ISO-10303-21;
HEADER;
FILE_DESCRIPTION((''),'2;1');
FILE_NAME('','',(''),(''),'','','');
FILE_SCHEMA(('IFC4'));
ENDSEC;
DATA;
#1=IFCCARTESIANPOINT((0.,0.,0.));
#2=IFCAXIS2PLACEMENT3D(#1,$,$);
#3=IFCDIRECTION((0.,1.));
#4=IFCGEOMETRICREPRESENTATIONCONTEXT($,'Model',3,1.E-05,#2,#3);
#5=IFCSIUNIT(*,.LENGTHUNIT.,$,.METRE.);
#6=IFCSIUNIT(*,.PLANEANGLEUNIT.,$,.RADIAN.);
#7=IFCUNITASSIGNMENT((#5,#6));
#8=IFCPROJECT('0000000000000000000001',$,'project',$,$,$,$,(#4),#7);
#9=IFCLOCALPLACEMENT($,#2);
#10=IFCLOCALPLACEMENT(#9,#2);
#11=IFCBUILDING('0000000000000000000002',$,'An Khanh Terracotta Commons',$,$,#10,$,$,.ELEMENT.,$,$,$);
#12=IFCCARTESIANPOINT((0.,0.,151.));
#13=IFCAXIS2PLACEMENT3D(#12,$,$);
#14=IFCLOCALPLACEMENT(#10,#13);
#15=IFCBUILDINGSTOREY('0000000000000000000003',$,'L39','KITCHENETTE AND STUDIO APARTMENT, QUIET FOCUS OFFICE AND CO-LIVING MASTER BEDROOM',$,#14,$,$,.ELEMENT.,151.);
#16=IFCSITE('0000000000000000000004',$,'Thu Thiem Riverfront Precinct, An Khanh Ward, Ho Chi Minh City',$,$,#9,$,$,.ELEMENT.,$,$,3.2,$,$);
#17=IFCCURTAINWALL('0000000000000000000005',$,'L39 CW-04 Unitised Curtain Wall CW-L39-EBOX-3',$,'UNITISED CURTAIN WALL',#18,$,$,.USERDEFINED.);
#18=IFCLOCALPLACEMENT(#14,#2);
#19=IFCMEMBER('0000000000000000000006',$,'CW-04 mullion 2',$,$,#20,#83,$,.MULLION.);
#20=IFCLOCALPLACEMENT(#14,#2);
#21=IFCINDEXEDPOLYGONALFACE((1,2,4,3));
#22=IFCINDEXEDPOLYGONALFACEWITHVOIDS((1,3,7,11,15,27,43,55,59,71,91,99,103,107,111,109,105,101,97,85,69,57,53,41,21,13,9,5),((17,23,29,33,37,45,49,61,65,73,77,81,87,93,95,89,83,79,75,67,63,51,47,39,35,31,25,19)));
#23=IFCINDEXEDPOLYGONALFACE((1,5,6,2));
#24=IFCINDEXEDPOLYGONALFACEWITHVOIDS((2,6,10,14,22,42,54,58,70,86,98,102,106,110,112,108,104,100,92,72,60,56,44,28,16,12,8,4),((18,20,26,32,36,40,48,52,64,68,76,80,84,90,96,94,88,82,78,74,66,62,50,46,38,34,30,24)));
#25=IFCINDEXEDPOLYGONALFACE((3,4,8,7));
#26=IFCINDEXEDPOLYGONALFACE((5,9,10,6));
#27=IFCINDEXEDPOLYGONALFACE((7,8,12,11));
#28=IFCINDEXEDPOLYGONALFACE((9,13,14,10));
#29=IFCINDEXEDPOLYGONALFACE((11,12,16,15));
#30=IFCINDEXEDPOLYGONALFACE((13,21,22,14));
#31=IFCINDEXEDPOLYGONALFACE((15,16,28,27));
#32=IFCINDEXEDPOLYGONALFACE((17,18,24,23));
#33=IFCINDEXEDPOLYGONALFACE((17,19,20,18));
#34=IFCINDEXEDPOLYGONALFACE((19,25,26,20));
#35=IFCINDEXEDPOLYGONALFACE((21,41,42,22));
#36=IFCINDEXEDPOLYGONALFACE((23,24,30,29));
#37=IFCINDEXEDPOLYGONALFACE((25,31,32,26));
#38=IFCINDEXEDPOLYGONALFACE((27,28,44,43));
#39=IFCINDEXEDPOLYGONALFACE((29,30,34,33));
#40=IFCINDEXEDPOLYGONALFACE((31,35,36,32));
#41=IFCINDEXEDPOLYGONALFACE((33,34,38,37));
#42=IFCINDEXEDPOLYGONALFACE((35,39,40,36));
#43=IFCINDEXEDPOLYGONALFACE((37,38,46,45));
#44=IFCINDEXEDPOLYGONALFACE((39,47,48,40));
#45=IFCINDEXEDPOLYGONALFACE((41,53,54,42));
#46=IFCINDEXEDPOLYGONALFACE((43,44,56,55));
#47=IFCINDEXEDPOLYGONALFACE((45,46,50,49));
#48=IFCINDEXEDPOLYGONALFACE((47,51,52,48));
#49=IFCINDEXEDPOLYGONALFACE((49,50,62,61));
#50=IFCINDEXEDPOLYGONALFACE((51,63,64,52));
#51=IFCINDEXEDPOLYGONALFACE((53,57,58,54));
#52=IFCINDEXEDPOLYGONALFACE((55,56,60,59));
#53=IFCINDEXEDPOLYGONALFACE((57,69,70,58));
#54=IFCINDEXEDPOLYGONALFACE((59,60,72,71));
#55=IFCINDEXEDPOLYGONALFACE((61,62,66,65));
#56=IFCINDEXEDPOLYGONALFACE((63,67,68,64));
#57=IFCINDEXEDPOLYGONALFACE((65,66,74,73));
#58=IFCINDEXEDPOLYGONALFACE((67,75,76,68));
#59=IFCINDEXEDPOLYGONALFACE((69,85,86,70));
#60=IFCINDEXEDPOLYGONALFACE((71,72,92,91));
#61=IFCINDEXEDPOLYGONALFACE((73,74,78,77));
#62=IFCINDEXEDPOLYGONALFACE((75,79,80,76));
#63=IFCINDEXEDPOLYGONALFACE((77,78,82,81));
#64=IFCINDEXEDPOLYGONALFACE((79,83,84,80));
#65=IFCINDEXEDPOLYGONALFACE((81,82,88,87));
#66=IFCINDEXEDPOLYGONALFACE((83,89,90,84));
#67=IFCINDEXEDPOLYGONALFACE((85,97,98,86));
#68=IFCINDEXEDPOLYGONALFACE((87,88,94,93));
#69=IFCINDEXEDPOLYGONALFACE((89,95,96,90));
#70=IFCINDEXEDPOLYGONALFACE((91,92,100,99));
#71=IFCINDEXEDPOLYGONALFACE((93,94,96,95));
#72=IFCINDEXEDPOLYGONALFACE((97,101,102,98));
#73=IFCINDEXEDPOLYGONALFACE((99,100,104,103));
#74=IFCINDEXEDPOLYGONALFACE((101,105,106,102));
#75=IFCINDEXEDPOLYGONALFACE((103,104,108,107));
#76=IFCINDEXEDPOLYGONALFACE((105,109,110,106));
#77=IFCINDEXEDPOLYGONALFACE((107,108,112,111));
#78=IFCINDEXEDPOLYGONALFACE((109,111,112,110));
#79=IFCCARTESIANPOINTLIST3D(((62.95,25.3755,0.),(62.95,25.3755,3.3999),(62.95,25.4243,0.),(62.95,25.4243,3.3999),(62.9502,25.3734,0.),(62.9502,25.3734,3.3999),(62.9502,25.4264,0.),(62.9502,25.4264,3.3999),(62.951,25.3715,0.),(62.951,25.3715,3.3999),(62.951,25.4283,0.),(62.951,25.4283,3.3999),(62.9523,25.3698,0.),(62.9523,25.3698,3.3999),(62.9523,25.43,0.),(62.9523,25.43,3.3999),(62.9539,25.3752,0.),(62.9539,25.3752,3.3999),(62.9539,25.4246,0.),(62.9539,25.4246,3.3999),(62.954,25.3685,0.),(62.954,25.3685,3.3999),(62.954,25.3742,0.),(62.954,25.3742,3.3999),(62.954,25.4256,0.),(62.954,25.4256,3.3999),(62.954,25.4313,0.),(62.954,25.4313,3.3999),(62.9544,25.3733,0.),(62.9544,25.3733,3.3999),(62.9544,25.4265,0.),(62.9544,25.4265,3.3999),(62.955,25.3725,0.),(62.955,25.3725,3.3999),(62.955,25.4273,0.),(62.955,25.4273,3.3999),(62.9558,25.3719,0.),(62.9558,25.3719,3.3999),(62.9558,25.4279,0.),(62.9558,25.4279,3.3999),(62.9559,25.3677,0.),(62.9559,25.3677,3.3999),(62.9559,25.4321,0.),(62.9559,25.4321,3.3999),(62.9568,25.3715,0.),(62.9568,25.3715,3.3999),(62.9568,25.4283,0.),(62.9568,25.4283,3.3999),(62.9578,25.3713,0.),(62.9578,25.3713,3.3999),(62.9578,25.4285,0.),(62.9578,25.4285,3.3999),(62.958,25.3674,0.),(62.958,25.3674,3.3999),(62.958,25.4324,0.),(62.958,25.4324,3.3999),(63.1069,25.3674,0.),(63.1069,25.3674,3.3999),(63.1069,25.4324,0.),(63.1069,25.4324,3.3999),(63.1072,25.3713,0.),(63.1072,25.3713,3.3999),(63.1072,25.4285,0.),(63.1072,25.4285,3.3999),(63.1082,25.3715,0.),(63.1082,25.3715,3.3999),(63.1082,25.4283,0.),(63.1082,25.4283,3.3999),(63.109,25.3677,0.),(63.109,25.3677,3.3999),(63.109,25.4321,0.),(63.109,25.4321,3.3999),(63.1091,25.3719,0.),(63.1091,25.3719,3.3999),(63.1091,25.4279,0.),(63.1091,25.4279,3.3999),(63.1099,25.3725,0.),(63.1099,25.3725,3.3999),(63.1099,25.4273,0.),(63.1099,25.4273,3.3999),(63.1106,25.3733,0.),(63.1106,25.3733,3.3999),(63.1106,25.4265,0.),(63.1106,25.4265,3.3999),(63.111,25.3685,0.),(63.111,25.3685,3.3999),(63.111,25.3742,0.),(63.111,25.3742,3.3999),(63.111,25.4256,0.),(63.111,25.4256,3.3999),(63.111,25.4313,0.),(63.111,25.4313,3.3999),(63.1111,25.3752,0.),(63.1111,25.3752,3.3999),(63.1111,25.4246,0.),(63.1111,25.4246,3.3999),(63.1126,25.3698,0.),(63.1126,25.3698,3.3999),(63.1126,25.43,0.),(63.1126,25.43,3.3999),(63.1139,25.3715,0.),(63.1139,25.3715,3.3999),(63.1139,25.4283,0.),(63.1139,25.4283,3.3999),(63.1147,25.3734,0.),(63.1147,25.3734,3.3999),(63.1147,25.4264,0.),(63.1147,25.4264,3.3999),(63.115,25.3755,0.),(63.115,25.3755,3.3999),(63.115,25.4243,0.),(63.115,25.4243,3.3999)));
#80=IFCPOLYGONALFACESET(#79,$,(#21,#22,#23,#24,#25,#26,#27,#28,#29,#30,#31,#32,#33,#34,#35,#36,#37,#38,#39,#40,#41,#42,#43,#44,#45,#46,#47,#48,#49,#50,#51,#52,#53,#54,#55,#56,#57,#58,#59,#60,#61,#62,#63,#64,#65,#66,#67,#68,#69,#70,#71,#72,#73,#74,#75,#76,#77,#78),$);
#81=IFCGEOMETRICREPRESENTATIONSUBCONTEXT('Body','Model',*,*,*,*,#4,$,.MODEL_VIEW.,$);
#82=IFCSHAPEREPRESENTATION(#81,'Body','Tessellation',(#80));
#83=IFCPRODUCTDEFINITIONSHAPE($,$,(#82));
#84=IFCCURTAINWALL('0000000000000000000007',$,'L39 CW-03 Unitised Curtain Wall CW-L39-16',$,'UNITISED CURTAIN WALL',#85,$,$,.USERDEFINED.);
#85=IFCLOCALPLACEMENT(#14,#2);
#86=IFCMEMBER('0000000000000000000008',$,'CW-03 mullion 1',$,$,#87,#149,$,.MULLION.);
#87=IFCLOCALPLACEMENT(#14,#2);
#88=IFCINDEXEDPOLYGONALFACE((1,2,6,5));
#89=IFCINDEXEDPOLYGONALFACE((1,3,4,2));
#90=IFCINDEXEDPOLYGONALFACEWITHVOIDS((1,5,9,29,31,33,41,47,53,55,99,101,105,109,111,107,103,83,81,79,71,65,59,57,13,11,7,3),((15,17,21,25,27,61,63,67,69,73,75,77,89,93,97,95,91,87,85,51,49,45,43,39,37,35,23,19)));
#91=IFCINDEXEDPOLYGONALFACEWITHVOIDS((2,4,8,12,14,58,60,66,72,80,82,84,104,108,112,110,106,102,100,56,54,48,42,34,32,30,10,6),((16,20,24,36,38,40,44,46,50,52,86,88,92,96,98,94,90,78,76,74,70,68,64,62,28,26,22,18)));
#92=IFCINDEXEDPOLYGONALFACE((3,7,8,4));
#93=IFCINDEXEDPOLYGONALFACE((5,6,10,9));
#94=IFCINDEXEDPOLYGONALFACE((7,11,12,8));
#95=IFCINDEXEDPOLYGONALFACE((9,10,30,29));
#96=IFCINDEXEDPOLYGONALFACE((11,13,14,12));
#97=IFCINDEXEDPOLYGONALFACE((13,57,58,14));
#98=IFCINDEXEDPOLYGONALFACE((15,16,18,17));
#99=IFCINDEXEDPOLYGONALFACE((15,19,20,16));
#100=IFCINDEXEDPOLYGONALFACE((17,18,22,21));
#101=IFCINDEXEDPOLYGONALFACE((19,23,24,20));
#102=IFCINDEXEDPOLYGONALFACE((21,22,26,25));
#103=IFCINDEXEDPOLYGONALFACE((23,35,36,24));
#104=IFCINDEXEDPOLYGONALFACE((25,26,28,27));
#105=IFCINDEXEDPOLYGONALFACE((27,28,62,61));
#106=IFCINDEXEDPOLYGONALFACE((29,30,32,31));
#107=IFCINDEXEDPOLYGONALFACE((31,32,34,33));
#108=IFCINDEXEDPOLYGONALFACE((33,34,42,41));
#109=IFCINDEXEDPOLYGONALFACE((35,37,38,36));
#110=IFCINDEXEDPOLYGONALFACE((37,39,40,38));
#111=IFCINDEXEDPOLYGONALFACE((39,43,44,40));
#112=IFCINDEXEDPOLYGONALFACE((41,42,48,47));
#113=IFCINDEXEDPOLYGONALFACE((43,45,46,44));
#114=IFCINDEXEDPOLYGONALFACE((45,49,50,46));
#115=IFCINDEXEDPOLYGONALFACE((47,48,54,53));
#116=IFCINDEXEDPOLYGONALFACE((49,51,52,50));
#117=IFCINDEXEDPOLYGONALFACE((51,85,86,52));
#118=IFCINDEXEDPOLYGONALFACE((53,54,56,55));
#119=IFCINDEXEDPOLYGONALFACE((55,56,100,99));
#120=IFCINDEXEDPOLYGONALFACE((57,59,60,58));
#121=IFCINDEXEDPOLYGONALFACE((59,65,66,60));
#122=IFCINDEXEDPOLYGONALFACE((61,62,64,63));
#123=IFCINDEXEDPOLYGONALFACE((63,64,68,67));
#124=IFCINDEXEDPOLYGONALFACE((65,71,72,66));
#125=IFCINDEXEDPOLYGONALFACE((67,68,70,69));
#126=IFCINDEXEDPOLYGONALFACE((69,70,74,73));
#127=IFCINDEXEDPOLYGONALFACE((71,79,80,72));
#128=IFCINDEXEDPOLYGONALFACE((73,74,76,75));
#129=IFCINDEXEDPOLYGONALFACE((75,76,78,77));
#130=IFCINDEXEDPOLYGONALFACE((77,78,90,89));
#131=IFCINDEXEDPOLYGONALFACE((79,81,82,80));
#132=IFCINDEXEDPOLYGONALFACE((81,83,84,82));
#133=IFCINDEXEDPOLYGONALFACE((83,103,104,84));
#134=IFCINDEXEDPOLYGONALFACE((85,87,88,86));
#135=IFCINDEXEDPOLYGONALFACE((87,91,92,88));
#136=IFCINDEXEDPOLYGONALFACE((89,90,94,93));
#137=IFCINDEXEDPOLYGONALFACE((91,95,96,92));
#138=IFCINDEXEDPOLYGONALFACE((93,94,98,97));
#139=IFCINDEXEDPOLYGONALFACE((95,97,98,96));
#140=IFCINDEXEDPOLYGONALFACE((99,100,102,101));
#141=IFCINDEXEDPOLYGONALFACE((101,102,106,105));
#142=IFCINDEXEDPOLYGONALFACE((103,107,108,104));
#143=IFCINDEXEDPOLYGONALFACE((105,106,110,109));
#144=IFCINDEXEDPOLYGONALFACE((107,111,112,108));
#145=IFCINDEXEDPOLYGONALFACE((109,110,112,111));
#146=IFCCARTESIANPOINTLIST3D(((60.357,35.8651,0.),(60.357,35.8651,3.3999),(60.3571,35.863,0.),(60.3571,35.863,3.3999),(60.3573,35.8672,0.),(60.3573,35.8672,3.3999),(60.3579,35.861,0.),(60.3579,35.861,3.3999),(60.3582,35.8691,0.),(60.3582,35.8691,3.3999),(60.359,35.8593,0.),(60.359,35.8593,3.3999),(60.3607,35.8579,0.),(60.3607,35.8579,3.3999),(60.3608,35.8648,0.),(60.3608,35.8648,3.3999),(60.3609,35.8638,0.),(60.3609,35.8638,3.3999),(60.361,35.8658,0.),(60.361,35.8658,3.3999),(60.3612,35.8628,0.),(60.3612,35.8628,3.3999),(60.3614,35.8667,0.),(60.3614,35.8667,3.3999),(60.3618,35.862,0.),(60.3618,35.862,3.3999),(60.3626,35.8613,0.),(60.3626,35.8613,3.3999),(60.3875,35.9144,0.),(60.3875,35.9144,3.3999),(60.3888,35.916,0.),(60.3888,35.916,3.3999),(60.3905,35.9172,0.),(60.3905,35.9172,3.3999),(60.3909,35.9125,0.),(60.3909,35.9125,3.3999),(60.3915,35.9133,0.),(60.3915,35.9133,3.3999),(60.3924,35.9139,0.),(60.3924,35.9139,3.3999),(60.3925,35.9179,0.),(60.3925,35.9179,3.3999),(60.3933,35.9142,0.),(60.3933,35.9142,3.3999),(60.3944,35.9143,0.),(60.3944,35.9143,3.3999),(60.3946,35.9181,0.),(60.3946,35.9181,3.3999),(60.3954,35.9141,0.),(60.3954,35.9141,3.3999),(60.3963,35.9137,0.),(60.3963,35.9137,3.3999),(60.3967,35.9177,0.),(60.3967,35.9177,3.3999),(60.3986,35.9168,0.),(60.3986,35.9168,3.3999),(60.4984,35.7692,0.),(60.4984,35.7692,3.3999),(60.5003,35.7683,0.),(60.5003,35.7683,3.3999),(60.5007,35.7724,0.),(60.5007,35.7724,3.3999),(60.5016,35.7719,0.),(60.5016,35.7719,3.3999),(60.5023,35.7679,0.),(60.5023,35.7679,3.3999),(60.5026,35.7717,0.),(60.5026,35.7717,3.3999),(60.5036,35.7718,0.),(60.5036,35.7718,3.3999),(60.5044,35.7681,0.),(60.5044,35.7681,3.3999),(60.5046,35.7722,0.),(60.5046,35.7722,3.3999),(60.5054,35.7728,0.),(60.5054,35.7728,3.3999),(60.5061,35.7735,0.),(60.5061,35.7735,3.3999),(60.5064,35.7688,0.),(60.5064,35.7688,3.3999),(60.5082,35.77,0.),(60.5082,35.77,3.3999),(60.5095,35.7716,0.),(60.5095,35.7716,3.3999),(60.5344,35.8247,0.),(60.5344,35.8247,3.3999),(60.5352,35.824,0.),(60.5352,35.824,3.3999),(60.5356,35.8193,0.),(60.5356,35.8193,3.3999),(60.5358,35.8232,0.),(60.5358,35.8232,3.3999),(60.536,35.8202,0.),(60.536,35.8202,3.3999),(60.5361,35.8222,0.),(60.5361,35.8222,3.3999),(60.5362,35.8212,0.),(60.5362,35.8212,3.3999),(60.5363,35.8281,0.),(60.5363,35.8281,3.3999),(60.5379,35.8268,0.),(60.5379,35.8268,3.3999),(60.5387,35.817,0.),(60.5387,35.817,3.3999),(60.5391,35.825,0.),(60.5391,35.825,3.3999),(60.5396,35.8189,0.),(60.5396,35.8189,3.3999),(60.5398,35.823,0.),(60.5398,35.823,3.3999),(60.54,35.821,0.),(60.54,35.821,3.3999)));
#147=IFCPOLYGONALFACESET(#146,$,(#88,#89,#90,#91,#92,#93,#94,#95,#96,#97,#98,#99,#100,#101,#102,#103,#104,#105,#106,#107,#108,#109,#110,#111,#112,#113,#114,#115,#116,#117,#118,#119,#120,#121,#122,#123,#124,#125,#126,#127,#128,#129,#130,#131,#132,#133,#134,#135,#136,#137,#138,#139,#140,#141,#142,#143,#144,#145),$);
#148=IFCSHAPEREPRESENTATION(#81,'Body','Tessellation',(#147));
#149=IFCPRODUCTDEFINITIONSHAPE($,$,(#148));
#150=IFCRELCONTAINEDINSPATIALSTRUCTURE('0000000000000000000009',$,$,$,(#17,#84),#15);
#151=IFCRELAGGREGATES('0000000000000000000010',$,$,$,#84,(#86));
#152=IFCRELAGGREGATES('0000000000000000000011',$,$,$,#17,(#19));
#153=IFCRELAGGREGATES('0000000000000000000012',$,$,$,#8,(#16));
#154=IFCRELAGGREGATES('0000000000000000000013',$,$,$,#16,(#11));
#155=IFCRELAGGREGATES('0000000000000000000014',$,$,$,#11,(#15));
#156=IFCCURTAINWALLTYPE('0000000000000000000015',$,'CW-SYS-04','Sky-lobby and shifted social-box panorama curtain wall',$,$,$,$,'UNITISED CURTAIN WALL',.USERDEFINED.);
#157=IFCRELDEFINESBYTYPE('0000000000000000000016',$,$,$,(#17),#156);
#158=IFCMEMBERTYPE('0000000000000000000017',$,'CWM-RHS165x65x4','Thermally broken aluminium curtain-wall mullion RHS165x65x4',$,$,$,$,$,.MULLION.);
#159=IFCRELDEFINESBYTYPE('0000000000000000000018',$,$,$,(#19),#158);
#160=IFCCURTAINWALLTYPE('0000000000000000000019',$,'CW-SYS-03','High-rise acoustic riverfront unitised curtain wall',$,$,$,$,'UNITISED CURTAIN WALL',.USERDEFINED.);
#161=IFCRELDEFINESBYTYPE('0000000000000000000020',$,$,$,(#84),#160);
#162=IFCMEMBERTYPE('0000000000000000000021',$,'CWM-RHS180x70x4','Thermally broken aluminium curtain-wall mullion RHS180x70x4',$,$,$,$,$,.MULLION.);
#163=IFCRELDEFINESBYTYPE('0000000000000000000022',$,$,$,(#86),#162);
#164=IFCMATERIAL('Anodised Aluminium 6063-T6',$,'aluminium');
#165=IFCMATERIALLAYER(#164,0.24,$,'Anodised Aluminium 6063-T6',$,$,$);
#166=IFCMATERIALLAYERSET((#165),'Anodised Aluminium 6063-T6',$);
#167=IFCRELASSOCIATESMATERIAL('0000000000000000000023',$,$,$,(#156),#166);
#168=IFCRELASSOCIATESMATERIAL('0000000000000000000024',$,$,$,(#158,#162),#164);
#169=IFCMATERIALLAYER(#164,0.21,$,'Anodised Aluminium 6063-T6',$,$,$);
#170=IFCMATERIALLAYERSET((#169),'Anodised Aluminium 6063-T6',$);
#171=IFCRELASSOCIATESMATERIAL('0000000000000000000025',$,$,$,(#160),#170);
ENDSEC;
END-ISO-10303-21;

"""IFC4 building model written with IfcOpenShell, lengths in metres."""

from ifc_helpers import new_model, si_unit, direction, frame, origin, origin_2d, place, context, subcontext, project, spatial, hollow_rectangle, extrude, material, layer, layer_set, material_profile, profile_set, type_object, element, aggregate, save


model = new_model("IFC4")

# Units and contexts
model_context = context("Model", 3, precision=1e-05, world=origin(), true_north=direction((0.0, 1.0)))
body_context = subcontext(model_context, "Body", "Model", "MODEL_VIEW")
ifc_project = project(units=[si_unit("LENGTHUNIT", "METRE"), si_unit("PLANEANGLEUNIT", "RADIAN")], contexts=[model_context])

# Site, building, storey
site_placement = place(None, origin())
site = spatial("IfcSite", under=ifc_project, at=site_placement, Name="Thu Thiem Riverfront Precinct, An Khanh Ward, Ho Chi Minh City", CompositionType="ELEMENT", RefElevation=3.2)
building_placement = place(site_placement, origin())
building = spatial("IfcBuilding", under=site, at=building_placement, Name="An Khanh Terracotta Commons", CompositionType="ELEMENT")
storey_placement = place(building_placement, frame((0.0, 0.0, 151.0)))
storey = spatial("IfcBuildingStorey", under=building, at=storey_placement, Name="L39", Description="KITCHENETTE AND STUDIO APARTMENT, QUIET FOCUS OFFICE AND CO-LIVING MASTER BEDROOM", CompositionType="ELEMENT", Elevation=151.0)

# Shared definitions
ifc_material_1 = material(Name="Anodised Aluminium 6063-T6", Category="aluminium")
ifc_layer_1 = layer(ifc_material_1, 0.24, Name="Anodised Aluminium 6063-T6")
ifc_layer_set_1 = layer_set([ifc_layer_1], Name="Anodised Aluminium 6063-T6")
curtain_wall_type_1 = type_object("IfcCurtainWallType", Name="CW-SYS-04", Description="Sky-lobby and shifted social-box panorama curtain wall", ElementType="UNITISED CURTAIN WALL", PredefinedType="USERDEFINED", material=ifc_layer_set_1)
ifc_material_profile_1 = material_profile(ifc_material_1, hollow_rectangle(XDim=0.0649, YDim=0.165, WallThickness=0.0039, InnerFilletRadius=0.0039, OuterFilletRadius=0.0081, at=origin_2d()), Name="RHS165x65x4")
ifc_profile_set_1 = profile_set([ifc_material_profile_1], Name="Anodised Aluminium 6063-T6")
member_type_1 = type_object("IfcMemberType", Name="CWM-RHS165x65x4", Description="Thermally broken aluminium curtain-wall mullion RHS165x65x4", PredefinedType="MULLION", material=ifc_profile_set_1)

# Curtain walls, members
curtain_wall_1_placement = place(storey_placement, origin())
curtain_wall_1 = element("IfcCurtainWall", 1, at=curtain_wall_1_placement, inside=storey, type_object=curtain_wall_type_1, Name="L39 CW-04 Unitised Curtain Wall CW-L39-EBOX-3", ObjectType="UNITISED CURTAIN WALL", PredefinedType="USERDEFINED")
member_1_placement = place(storey_placement, frame((63.0325, 25.3999, 0.0), z_axis=(0.0, 0.0, 1.0), x_axis=(0.0, -1.0, 0.0)))
member_1 = element("IfcMember", 2, at=member_1_placement, type_object=member_type_1, Name="CW-04 mullion 2", PredefinedType="MULLION", context=body_context, shape_type="SweptSolid", body=[
    extrude(hollow_rectangle(XDim=0.0649, YDim=0.165, WallThickness=0.0039, InnerFilletRadius=0.0039, OuterFilletRadius=0.0081, at=origin_2d()), origin(), (0.0, 0.0, 1.0), 3.3999),
])
ifc_layer_2 = layer(ifc_material_1, 0.21, Name="Anodised Aluminium 6063-T6")
ifc_layer_set_2 = layer_set([ifc_layer_2], Name="Anodised Aluminium 6063-T6")
curtain_wall_type_2 = type_object("IfcCurtainWallType", Name="CW-SYS-03", Description="High-rise acoustic riverfront unitised curtain wall", ElementType="UNITISED CURTAIN WALL", PredefinedType="USERDEFINED", material=ifc_layer_set_2)
curtain_wall_2_placement = place(storey_placement, origin())
curtain_wall_2 = element("IfcCurtainWall", 3, at=curtain_wall_2_placement, inside=storey, type_object=curtain_wall_type_2, Name="L39 CW-03 Unitised Curtain Wall CW-L39-16", ObjectType="UNITISED CURTAIN WALL", PredefinedType="USERDEFINED")
ifc_material_profile_2 = material_profile(ifc_material_1, hollow_rectangle(XDim=0.0701, YDim=0.1799, WallThickness=0.0039, InnerFilletRadius=0.0039, OuterFilletRadius=0.0081, at=origin_2d()), Name="RHS180x70x4")
ifc_profile_set_2 = profile_set([ifc_material_profile_2], Name="Anodised Aluminium 6063-T6")
member_type_2 = type_object("IfcMemberType", Name="CWM-RHS180x70x4", Description="Thermally broken aluminium curtain-wall mullion RHS180x70x4", PredefinedType="MULLION", material=ifc_profile_set_2)
member_2_placement = place(storey_placement, frame((60.4485, 35.843, 0.0), z_axis=(0.0, 0.0, 1.0), x_axis=(-0.541498, -0.840702, 0.0)))
member_2 = element("IfcMember", 4, at=member_2_placement, type_object=member_type_2, Name="CW-03 mullion 1", PredefinedType="MULLION", context=body_context, shape_type="SweptSolid", body=[
    extrude(hollow_rectangle(XDim=0.0701, YDim=0.1799, WallThickness=0.0039, InnerFilletRadius=0.0039, OuterFilletRadius=0.0081, at=origin_2d()), origin(), (0.0, 0.0, 1.0), 3.3999),
])

aggregate(curtain_wall_2, [member_2])
aggregate(curtain_wall_1, [member_1])

save(model, "model.ifc")
